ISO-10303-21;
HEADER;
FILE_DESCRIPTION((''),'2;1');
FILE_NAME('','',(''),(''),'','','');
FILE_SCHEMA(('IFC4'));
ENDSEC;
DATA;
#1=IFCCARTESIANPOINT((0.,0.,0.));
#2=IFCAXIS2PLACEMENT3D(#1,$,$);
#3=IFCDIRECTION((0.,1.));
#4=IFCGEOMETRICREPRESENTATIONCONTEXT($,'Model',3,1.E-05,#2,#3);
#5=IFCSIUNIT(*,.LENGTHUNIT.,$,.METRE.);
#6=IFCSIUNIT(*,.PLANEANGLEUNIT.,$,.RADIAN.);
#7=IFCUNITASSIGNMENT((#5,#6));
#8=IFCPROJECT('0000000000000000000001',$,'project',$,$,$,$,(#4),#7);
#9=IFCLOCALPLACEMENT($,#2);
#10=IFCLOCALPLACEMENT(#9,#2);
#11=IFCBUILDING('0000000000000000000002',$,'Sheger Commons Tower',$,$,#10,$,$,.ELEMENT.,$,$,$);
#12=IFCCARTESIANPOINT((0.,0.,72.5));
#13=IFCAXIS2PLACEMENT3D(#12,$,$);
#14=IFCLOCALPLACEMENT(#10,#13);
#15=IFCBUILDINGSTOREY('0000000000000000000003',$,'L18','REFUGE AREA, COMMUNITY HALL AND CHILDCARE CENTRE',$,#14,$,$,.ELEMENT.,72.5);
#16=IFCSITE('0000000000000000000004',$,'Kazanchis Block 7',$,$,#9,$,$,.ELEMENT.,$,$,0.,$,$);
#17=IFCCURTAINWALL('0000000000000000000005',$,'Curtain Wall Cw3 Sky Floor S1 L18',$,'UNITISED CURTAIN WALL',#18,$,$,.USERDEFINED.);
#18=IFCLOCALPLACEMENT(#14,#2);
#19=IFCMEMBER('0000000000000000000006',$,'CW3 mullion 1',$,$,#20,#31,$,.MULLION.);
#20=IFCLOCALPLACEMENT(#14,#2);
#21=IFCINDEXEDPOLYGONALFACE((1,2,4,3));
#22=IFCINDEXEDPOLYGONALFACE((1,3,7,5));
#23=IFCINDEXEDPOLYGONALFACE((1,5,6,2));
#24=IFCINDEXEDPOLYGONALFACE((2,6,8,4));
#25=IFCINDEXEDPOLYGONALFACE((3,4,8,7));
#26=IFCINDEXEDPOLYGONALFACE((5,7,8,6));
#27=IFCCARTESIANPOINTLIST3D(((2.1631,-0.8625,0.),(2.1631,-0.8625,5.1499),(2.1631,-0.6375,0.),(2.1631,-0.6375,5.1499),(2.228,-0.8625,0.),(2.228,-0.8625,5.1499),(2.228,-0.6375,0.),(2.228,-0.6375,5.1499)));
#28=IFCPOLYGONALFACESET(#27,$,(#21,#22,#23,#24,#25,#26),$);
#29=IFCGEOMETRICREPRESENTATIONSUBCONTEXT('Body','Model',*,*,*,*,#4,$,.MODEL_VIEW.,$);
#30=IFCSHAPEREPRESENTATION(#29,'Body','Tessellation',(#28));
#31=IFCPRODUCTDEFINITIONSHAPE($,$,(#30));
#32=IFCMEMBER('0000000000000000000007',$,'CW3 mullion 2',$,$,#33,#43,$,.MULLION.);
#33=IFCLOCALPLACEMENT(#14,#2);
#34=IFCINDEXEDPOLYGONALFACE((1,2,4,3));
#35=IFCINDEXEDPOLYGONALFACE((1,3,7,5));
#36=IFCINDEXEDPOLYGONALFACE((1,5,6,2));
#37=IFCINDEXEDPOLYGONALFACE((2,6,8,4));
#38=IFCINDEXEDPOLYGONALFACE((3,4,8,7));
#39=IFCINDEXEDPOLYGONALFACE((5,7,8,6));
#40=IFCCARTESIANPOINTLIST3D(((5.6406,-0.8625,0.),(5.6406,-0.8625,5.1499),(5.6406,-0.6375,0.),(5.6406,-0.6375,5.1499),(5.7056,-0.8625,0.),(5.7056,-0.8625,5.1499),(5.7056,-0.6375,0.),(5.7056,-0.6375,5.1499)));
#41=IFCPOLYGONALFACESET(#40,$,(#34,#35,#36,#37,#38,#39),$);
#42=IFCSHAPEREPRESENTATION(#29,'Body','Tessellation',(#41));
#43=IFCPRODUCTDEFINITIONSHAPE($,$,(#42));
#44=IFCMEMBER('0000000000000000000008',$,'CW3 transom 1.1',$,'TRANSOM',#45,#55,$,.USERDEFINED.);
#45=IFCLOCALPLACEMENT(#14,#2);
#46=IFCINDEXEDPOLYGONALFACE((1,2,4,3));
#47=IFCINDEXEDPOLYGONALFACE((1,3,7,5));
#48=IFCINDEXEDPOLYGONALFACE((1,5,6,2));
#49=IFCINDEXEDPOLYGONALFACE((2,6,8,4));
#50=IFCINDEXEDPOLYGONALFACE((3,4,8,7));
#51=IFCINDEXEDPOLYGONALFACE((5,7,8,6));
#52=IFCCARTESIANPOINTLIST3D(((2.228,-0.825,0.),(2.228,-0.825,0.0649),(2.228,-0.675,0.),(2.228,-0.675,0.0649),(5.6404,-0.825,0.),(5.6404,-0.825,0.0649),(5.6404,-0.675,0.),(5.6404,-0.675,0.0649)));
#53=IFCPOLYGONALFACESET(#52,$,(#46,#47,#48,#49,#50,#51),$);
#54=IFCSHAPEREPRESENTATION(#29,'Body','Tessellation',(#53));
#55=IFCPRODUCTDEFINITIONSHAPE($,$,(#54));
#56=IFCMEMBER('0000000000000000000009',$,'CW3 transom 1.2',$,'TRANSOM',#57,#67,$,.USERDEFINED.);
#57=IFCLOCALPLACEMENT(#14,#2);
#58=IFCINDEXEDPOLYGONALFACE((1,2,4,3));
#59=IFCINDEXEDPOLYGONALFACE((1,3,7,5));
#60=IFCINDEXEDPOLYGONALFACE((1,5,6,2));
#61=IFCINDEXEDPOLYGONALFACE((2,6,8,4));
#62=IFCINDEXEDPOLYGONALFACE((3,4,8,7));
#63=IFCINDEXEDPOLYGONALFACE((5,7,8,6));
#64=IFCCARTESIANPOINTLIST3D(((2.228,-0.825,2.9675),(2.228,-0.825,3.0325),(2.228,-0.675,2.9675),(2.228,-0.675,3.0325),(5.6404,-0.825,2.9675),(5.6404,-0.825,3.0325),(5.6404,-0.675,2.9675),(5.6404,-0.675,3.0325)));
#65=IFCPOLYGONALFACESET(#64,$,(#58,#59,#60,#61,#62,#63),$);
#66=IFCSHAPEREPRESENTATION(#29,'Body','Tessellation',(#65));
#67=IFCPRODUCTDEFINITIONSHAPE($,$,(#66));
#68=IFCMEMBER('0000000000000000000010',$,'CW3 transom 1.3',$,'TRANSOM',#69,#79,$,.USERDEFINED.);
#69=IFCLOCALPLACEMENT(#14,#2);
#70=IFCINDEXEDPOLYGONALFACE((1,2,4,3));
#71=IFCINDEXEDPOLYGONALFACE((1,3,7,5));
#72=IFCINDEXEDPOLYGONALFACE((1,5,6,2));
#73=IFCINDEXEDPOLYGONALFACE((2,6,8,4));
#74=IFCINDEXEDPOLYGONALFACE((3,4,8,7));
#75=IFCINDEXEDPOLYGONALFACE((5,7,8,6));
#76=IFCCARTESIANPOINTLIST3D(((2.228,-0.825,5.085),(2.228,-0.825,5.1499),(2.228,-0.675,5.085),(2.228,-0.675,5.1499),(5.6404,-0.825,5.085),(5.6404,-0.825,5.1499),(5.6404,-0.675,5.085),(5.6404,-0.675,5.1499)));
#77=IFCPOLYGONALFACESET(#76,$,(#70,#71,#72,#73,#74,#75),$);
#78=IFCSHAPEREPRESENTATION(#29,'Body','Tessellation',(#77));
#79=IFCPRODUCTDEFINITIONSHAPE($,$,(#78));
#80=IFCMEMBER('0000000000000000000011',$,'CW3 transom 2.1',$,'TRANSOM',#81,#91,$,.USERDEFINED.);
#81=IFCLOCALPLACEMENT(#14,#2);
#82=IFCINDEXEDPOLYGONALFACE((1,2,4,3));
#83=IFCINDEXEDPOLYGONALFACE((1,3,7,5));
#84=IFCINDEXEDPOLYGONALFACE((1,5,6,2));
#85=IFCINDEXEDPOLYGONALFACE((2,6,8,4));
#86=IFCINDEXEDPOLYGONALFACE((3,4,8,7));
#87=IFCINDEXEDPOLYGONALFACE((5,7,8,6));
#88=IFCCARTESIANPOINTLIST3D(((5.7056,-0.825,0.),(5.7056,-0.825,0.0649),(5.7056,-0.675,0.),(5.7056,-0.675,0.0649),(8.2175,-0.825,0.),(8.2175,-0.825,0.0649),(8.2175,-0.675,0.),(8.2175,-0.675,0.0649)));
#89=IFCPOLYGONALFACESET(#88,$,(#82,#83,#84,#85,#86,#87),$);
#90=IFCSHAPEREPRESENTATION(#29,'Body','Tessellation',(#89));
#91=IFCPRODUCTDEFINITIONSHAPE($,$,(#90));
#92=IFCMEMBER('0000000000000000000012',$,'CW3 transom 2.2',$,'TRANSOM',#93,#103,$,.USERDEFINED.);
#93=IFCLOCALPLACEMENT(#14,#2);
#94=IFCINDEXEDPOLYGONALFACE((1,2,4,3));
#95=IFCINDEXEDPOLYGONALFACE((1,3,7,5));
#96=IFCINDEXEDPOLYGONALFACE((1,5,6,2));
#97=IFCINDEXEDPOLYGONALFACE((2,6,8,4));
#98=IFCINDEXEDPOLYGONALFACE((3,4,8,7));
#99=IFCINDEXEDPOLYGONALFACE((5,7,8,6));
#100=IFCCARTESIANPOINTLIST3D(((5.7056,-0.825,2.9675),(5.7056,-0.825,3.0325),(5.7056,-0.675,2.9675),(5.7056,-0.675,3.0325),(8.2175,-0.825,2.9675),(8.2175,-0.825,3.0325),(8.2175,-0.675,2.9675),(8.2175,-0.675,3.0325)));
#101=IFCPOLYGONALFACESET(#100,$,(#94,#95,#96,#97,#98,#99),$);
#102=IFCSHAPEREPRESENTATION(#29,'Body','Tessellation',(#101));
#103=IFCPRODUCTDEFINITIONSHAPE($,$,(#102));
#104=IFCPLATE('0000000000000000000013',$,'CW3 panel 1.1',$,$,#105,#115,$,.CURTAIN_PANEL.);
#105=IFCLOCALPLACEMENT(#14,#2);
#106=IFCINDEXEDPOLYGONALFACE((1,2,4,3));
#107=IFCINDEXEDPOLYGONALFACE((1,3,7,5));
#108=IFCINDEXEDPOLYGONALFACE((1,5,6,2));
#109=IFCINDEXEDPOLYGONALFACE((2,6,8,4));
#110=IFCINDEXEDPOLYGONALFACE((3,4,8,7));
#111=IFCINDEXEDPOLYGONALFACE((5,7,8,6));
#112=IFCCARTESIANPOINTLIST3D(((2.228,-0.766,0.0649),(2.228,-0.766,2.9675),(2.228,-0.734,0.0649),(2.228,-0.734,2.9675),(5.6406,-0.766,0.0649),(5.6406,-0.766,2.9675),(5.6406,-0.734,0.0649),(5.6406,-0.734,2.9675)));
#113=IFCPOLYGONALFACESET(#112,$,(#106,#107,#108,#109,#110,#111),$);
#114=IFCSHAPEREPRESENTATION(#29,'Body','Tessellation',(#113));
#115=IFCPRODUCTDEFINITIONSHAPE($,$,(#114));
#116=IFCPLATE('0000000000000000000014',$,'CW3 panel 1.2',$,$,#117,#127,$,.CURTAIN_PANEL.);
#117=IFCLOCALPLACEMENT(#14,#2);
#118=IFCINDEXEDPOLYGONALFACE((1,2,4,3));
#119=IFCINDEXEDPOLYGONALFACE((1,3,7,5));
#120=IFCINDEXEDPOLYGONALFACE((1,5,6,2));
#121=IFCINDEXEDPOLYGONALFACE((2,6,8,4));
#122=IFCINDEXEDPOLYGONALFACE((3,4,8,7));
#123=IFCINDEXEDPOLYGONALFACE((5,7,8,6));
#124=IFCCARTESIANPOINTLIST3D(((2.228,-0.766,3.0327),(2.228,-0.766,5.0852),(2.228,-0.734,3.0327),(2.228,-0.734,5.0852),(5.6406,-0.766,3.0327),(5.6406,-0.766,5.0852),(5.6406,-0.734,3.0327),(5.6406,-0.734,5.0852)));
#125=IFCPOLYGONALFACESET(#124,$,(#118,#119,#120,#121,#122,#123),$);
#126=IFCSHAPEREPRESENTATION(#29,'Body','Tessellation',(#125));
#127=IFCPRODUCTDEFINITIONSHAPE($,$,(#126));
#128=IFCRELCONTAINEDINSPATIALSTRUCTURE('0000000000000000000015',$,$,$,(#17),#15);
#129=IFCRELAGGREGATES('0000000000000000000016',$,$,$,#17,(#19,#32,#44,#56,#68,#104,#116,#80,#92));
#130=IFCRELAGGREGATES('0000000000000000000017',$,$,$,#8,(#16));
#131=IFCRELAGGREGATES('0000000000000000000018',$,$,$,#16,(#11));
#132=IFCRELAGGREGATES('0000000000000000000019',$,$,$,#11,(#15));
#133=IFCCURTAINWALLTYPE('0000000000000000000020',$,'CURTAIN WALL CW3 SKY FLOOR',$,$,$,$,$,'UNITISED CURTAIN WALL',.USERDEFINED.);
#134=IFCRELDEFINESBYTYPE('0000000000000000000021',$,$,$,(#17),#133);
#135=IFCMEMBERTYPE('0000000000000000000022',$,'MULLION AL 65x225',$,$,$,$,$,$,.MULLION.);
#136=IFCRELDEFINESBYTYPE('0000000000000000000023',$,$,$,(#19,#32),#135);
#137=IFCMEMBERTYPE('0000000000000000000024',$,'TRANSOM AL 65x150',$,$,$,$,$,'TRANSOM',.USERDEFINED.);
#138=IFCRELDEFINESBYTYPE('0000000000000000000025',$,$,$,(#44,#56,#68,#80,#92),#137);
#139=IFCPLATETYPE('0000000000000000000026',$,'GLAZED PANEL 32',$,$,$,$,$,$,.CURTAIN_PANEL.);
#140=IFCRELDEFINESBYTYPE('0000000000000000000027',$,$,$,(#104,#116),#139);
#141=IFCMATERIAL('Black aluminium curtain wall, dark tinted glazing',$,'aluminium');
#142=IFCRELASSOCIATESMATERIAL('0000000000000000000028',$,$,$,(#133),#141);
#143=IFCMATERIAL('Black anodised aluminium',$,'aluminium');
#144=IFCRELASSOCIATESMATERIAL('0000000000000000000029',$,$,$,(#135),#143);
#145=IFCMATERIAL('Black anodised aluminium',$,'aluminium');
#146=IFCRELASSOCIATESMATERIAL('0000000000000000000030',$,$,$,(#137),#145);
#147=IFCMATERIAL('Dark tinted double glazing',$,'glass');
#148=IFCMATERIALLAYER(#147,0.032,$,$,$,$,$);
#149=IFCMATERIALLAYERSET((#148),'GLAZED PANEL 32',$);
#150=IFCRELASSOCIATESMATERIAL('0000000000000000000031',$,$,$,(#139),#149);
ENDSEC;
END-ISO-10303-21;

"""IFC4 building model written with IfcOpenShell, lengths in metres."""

from ifc_helpers import new_model, si_unit, direction, frame, origin, origin_2d, place, context, subcontext, project, spatial, rectangle, extrude, material, layer, layer_set, material_profile, profile_set, type_object, element, aggregate, save


model = new_model("IFC4")

# Units and contexts
model_context = context("Model", 3, precision=1e-05, world=origin(), true_north=direction((0.0, 1.0)))
body_context = subcontext(model_context, "Body", "Model", "MODEL_VIEW")
ifc_project = project(units=[si_unit("LENGTHUNIT", "METRE"), si_unit("PLANEANGLEUNIT", "RADIAN")], contexts=[model_context])

# Site, building, storey
site_placement = place(None, origin())
site = spatial("IfcSite", under=ifc_project, at=site_placement, Name="Kazanchis Block 7", CompositionType="ELEMENT", RefElevation=0.0)
building_placement = place(site_placement, origin())
building = spatial("IfcBuilding", under=site, at=building_placement, Name="Sheger Commons Tower", CompositionType="ELEMENT")
storey_placement = place(building_placement, frame((0.0, 0.0, 72.5)))
storey = spatial("IfcBuildingStorey", under=building, at=storey_placement, Name="L18", Description="REFUGE AREA, COMMUNITY HALL AND CHILDCARE CENTRE", CompositionType="ELEMENT", Elevation=72.5)

# Curtain wall, members, plates
ifc_material_1 = material(Name="Black aluminium curtain wall, dark tinted glazing", Category="aluminium")
curtain_wall_type = type_object("IfcCurtainWallType", Name="CURTAIN WALL CW3 SKY FLOOR", ElementType="UNITISED CURTAIN WALL", PredefinedType="USERDEFINED", material=ifc_material_1)
curtain_wall_placement = place(storey_placement, origin())
curtain_wall = element("IfcCurtainWall", 1, at=curtain_wall_placement, inside=storey, type_object=curtain_wall_type, Name="Curtain Wall Cw3 Sky Floor S1 L18", ObjectType="UNITISED CURTAIN WALL", PredefinedType="USERDEFINED")
ifc_material_2 = material(Name="Black anodised aluminium", Category="aluminium")
ifc_material_profile_1 = material_profile(ifc_material_2, rectangle(XDim=0.2251, YDim=0.0649, at=origin_2d()), Name="AL 65x225")
ifc_profile_set_1 = profile_set([ifc_material_profile_1], Name="Black anodised aluminium")
member_type_1 = type_object("IfcMemberType", Name="MULLION AL 65x225", PredefinedType="MULLION", material=ifc_profile_set_1)
member_1_placement = place(storey_placement, frame((2.1956, -0.75, 0.0), z_axis=(0.0, 0.0, 1.0), x_axis=(0.0, 1.0, 0.0)))
member_1 = element("IfcMember", 2, at=member_1_placement, type_object=member_type_1, Name="CW3 mullion 1", PredefinedType="MULLION", context=body_context, shape_type="SweptSolid", body=[
    extrude(rectangle(XDim=0.2251, YDim=0.0649, at=origin_2d()), origin(), (0.0, 0.0, 1.0), 5.1499),
])
member_2_placement = place(storey_placement, frame((5.6731, -0.75, 0.0), z_axis=(0.0, 0.0, 1.0), x_axis=(0.0, 1.0, 0.0)))
member_2 = element("IfcMember", 3, at=member_2_placement, type_object=member_type_1, Name="CW3 mullion 2", PredefinedType="MULLION", context=body_context, shape_type="SweptSolid", body=[
    extrude(rectangle(XDim=0.2251, YDim=0.0649, at=origin_2d()), origin(), (0.0, 0.0, 1.0), 5.1499),
])
ifc_material_3 = material(Name="Black anodised aluminium", Category="aluminium")
ifc_material_profile_2 = material_profile(ifc_material_3, rectangle(XDim=0.1499, YDim=0.0649, at=origin_2d()), Name="AL 65x150")
ifc_profile_set_2 = profile_set([ifc_material_profile_2], Name="Black anodised aluminium")
member_type_2 = type_object("IfcMemberType", Name="TRANSOM AL 65x150", ElementType="TRANSOM", PredefinedType="USERDEFINED", material=ifc_profile_set_2)
member_3_placement = place(storey_placement, frame((2.228, -0.75, 0.0325), z_axis=(1.0, 0.0, 0.0), x_axis=(0.0, 1.0, 0.0)))
member_3 = element("IfcMember", 4, at=member_3_placement, type_object=member_type_2, Name="CW3 transom 1.1", ObjectType="TRANSOM", PredefinedType="USERDEFINED", context=body_context, shape_type="SweptSolid", body=[
    extrude(rectangle(XDim=0.1499, YDim=0.0649, at=origin_2d()), origin(), (0.0, 0.0, 1.0), 3.4124),
])
member_4_placement = place(storey_placement, frame((2.228, -0.75, 3.0), z_axis=(1.0, 0.0, 0.0), x_axis=(0.0, 1.0, 0.0)))
member_4 = element("IfcMember", 5, at=member_4_placement, type_object=member_type_2, Name="CW3 transom 1.2", ObjectType="TRANSOM", PredefinedType="USERDEFINED", context=body_context, shape_type="SweptSolid", body=[
    extrude(rectangle(XDim=0.1499, YDim=0.0649, at=origin_2d()), origin(), (0.0, 0.0, 1.0), 3.4124),
])
member_5_placement = place(storey_placement, frame((2.228, -0.75, 5.1174), z_axis=(1.0, 0.0, 0.0), x_axis=(0.0, 1.0, 0.0)))
member_5 = element("IfcMember", 6, at=member_5_placement, type_object=member_type_2, Name="CW3 transom 1.3", ObjectType="TRANSOM", PredefinedType="USERDEFINED", context=body_context, shape_type="SweptSolid", body=[
    extrude(rectangle(XDim=0.1499, YDim=0.0649, at=origin_2d()), origin(), (0.0, 0.0, 1.0), 3.4124),
])
member_6_placement = place(storey_placement, frame((5.7056, -0.75, 0.0325), z_axis=(1.0, 0.0, 0.0), x_axis=(0.0, 1.0, 0.0)))
member_6 = element("IfcMember", 7, at=member_6_placement, type_object=member_type_2, Name="CW3 transom 2.1", ObjectType="TRANSOM", PredefinedType="USERDEFINED", context=body_context, shape_type="SweptSolid", body=[
    extrude(rectangle(XDim=0.1499, YDim=0.0649, at=origin_2d()), origin(), (0.0, 0.0, 1.0), 2.512),
])
member_7_placement = place(storey_placement, frame((5.7056, -0.75, 3.0), z_axis=(1.0, 0.0, 0.0), x_axis=(0.0, 1.0, 0.0)))
member_7 = element("IfcMember", 8, at=member_7_placement, type_object=member_type_2, Name="CW3 transom 2.2", ObjectType="TRANSOM", PredefinedType="USERDEFINED", context=body_context, shape_type="SweptSolid", body=[
    extrude(rectangle(XDim=0.1499, YDim=0.0649, at=origin_2d()), origin(), (0.0, 0.0, 1.0), 2.512),
])
ifc_material_4 = material(Name="Dark tinted double glazing", Category="glass")
ifc_layer_1 = layer(ifc_material_4, 0.032)
ifc_layer_set_1 = layer_set([ifc_layer_1], Name="GLAZED PANEL 32")
plate_type = type_object("IfcPlateType", Name="GLAZED PANEL 32", PredefinedType="CURTAIN_PANEL", material=ifc_layer_set_1)
plate_1_placement = place(storey_placement, frame((3.9343, -0.75, 0.0649), z_axis=(0.0, 0.0, 1.0), x_axis=(1.0, 0.0, 0.0)))
plate_1 = element("IfcPlate", 9, at=plate_1_placement, type_object=plate_type, Name="CW3 panel 1.1", PredefinedType="CURTAIN_PANEL", context=body_context, shape_type="SweptSolid", body=[
    extrude(rectangle(XDim=3.4126, YDim=0.032, at=origin_2d()), origin(), (0.0, 0.0, 1.0), 2.9026),
])
plate_2_placement = place(storey_placement, frame((3.9343, -0.75, 3.0327), z_axis=(0.0, 0.0, 1.0), x_axis=(1.0, 0.0, 0.0)))
plate_2 = element("IfcPlate", 10, at=plate_2_placement, type_object=plate_type, Name="CW3 panel 1.2", PredefinedType="CURTAIN_PANEL", context=body_context, shape_type="SweptSolid", body=[
    extrude(rectangle(XDim=3.4126, YDim=0.032, at=origin_2d()), origin(), (0.0, 0.0, 1.0), 2.0525),
])
aggregate(curtain_wall, [member_1, member_2, member_3, member_4, member_5, plate_1, plate_2, member_6, member_7])

save(model, "model.ifc")
